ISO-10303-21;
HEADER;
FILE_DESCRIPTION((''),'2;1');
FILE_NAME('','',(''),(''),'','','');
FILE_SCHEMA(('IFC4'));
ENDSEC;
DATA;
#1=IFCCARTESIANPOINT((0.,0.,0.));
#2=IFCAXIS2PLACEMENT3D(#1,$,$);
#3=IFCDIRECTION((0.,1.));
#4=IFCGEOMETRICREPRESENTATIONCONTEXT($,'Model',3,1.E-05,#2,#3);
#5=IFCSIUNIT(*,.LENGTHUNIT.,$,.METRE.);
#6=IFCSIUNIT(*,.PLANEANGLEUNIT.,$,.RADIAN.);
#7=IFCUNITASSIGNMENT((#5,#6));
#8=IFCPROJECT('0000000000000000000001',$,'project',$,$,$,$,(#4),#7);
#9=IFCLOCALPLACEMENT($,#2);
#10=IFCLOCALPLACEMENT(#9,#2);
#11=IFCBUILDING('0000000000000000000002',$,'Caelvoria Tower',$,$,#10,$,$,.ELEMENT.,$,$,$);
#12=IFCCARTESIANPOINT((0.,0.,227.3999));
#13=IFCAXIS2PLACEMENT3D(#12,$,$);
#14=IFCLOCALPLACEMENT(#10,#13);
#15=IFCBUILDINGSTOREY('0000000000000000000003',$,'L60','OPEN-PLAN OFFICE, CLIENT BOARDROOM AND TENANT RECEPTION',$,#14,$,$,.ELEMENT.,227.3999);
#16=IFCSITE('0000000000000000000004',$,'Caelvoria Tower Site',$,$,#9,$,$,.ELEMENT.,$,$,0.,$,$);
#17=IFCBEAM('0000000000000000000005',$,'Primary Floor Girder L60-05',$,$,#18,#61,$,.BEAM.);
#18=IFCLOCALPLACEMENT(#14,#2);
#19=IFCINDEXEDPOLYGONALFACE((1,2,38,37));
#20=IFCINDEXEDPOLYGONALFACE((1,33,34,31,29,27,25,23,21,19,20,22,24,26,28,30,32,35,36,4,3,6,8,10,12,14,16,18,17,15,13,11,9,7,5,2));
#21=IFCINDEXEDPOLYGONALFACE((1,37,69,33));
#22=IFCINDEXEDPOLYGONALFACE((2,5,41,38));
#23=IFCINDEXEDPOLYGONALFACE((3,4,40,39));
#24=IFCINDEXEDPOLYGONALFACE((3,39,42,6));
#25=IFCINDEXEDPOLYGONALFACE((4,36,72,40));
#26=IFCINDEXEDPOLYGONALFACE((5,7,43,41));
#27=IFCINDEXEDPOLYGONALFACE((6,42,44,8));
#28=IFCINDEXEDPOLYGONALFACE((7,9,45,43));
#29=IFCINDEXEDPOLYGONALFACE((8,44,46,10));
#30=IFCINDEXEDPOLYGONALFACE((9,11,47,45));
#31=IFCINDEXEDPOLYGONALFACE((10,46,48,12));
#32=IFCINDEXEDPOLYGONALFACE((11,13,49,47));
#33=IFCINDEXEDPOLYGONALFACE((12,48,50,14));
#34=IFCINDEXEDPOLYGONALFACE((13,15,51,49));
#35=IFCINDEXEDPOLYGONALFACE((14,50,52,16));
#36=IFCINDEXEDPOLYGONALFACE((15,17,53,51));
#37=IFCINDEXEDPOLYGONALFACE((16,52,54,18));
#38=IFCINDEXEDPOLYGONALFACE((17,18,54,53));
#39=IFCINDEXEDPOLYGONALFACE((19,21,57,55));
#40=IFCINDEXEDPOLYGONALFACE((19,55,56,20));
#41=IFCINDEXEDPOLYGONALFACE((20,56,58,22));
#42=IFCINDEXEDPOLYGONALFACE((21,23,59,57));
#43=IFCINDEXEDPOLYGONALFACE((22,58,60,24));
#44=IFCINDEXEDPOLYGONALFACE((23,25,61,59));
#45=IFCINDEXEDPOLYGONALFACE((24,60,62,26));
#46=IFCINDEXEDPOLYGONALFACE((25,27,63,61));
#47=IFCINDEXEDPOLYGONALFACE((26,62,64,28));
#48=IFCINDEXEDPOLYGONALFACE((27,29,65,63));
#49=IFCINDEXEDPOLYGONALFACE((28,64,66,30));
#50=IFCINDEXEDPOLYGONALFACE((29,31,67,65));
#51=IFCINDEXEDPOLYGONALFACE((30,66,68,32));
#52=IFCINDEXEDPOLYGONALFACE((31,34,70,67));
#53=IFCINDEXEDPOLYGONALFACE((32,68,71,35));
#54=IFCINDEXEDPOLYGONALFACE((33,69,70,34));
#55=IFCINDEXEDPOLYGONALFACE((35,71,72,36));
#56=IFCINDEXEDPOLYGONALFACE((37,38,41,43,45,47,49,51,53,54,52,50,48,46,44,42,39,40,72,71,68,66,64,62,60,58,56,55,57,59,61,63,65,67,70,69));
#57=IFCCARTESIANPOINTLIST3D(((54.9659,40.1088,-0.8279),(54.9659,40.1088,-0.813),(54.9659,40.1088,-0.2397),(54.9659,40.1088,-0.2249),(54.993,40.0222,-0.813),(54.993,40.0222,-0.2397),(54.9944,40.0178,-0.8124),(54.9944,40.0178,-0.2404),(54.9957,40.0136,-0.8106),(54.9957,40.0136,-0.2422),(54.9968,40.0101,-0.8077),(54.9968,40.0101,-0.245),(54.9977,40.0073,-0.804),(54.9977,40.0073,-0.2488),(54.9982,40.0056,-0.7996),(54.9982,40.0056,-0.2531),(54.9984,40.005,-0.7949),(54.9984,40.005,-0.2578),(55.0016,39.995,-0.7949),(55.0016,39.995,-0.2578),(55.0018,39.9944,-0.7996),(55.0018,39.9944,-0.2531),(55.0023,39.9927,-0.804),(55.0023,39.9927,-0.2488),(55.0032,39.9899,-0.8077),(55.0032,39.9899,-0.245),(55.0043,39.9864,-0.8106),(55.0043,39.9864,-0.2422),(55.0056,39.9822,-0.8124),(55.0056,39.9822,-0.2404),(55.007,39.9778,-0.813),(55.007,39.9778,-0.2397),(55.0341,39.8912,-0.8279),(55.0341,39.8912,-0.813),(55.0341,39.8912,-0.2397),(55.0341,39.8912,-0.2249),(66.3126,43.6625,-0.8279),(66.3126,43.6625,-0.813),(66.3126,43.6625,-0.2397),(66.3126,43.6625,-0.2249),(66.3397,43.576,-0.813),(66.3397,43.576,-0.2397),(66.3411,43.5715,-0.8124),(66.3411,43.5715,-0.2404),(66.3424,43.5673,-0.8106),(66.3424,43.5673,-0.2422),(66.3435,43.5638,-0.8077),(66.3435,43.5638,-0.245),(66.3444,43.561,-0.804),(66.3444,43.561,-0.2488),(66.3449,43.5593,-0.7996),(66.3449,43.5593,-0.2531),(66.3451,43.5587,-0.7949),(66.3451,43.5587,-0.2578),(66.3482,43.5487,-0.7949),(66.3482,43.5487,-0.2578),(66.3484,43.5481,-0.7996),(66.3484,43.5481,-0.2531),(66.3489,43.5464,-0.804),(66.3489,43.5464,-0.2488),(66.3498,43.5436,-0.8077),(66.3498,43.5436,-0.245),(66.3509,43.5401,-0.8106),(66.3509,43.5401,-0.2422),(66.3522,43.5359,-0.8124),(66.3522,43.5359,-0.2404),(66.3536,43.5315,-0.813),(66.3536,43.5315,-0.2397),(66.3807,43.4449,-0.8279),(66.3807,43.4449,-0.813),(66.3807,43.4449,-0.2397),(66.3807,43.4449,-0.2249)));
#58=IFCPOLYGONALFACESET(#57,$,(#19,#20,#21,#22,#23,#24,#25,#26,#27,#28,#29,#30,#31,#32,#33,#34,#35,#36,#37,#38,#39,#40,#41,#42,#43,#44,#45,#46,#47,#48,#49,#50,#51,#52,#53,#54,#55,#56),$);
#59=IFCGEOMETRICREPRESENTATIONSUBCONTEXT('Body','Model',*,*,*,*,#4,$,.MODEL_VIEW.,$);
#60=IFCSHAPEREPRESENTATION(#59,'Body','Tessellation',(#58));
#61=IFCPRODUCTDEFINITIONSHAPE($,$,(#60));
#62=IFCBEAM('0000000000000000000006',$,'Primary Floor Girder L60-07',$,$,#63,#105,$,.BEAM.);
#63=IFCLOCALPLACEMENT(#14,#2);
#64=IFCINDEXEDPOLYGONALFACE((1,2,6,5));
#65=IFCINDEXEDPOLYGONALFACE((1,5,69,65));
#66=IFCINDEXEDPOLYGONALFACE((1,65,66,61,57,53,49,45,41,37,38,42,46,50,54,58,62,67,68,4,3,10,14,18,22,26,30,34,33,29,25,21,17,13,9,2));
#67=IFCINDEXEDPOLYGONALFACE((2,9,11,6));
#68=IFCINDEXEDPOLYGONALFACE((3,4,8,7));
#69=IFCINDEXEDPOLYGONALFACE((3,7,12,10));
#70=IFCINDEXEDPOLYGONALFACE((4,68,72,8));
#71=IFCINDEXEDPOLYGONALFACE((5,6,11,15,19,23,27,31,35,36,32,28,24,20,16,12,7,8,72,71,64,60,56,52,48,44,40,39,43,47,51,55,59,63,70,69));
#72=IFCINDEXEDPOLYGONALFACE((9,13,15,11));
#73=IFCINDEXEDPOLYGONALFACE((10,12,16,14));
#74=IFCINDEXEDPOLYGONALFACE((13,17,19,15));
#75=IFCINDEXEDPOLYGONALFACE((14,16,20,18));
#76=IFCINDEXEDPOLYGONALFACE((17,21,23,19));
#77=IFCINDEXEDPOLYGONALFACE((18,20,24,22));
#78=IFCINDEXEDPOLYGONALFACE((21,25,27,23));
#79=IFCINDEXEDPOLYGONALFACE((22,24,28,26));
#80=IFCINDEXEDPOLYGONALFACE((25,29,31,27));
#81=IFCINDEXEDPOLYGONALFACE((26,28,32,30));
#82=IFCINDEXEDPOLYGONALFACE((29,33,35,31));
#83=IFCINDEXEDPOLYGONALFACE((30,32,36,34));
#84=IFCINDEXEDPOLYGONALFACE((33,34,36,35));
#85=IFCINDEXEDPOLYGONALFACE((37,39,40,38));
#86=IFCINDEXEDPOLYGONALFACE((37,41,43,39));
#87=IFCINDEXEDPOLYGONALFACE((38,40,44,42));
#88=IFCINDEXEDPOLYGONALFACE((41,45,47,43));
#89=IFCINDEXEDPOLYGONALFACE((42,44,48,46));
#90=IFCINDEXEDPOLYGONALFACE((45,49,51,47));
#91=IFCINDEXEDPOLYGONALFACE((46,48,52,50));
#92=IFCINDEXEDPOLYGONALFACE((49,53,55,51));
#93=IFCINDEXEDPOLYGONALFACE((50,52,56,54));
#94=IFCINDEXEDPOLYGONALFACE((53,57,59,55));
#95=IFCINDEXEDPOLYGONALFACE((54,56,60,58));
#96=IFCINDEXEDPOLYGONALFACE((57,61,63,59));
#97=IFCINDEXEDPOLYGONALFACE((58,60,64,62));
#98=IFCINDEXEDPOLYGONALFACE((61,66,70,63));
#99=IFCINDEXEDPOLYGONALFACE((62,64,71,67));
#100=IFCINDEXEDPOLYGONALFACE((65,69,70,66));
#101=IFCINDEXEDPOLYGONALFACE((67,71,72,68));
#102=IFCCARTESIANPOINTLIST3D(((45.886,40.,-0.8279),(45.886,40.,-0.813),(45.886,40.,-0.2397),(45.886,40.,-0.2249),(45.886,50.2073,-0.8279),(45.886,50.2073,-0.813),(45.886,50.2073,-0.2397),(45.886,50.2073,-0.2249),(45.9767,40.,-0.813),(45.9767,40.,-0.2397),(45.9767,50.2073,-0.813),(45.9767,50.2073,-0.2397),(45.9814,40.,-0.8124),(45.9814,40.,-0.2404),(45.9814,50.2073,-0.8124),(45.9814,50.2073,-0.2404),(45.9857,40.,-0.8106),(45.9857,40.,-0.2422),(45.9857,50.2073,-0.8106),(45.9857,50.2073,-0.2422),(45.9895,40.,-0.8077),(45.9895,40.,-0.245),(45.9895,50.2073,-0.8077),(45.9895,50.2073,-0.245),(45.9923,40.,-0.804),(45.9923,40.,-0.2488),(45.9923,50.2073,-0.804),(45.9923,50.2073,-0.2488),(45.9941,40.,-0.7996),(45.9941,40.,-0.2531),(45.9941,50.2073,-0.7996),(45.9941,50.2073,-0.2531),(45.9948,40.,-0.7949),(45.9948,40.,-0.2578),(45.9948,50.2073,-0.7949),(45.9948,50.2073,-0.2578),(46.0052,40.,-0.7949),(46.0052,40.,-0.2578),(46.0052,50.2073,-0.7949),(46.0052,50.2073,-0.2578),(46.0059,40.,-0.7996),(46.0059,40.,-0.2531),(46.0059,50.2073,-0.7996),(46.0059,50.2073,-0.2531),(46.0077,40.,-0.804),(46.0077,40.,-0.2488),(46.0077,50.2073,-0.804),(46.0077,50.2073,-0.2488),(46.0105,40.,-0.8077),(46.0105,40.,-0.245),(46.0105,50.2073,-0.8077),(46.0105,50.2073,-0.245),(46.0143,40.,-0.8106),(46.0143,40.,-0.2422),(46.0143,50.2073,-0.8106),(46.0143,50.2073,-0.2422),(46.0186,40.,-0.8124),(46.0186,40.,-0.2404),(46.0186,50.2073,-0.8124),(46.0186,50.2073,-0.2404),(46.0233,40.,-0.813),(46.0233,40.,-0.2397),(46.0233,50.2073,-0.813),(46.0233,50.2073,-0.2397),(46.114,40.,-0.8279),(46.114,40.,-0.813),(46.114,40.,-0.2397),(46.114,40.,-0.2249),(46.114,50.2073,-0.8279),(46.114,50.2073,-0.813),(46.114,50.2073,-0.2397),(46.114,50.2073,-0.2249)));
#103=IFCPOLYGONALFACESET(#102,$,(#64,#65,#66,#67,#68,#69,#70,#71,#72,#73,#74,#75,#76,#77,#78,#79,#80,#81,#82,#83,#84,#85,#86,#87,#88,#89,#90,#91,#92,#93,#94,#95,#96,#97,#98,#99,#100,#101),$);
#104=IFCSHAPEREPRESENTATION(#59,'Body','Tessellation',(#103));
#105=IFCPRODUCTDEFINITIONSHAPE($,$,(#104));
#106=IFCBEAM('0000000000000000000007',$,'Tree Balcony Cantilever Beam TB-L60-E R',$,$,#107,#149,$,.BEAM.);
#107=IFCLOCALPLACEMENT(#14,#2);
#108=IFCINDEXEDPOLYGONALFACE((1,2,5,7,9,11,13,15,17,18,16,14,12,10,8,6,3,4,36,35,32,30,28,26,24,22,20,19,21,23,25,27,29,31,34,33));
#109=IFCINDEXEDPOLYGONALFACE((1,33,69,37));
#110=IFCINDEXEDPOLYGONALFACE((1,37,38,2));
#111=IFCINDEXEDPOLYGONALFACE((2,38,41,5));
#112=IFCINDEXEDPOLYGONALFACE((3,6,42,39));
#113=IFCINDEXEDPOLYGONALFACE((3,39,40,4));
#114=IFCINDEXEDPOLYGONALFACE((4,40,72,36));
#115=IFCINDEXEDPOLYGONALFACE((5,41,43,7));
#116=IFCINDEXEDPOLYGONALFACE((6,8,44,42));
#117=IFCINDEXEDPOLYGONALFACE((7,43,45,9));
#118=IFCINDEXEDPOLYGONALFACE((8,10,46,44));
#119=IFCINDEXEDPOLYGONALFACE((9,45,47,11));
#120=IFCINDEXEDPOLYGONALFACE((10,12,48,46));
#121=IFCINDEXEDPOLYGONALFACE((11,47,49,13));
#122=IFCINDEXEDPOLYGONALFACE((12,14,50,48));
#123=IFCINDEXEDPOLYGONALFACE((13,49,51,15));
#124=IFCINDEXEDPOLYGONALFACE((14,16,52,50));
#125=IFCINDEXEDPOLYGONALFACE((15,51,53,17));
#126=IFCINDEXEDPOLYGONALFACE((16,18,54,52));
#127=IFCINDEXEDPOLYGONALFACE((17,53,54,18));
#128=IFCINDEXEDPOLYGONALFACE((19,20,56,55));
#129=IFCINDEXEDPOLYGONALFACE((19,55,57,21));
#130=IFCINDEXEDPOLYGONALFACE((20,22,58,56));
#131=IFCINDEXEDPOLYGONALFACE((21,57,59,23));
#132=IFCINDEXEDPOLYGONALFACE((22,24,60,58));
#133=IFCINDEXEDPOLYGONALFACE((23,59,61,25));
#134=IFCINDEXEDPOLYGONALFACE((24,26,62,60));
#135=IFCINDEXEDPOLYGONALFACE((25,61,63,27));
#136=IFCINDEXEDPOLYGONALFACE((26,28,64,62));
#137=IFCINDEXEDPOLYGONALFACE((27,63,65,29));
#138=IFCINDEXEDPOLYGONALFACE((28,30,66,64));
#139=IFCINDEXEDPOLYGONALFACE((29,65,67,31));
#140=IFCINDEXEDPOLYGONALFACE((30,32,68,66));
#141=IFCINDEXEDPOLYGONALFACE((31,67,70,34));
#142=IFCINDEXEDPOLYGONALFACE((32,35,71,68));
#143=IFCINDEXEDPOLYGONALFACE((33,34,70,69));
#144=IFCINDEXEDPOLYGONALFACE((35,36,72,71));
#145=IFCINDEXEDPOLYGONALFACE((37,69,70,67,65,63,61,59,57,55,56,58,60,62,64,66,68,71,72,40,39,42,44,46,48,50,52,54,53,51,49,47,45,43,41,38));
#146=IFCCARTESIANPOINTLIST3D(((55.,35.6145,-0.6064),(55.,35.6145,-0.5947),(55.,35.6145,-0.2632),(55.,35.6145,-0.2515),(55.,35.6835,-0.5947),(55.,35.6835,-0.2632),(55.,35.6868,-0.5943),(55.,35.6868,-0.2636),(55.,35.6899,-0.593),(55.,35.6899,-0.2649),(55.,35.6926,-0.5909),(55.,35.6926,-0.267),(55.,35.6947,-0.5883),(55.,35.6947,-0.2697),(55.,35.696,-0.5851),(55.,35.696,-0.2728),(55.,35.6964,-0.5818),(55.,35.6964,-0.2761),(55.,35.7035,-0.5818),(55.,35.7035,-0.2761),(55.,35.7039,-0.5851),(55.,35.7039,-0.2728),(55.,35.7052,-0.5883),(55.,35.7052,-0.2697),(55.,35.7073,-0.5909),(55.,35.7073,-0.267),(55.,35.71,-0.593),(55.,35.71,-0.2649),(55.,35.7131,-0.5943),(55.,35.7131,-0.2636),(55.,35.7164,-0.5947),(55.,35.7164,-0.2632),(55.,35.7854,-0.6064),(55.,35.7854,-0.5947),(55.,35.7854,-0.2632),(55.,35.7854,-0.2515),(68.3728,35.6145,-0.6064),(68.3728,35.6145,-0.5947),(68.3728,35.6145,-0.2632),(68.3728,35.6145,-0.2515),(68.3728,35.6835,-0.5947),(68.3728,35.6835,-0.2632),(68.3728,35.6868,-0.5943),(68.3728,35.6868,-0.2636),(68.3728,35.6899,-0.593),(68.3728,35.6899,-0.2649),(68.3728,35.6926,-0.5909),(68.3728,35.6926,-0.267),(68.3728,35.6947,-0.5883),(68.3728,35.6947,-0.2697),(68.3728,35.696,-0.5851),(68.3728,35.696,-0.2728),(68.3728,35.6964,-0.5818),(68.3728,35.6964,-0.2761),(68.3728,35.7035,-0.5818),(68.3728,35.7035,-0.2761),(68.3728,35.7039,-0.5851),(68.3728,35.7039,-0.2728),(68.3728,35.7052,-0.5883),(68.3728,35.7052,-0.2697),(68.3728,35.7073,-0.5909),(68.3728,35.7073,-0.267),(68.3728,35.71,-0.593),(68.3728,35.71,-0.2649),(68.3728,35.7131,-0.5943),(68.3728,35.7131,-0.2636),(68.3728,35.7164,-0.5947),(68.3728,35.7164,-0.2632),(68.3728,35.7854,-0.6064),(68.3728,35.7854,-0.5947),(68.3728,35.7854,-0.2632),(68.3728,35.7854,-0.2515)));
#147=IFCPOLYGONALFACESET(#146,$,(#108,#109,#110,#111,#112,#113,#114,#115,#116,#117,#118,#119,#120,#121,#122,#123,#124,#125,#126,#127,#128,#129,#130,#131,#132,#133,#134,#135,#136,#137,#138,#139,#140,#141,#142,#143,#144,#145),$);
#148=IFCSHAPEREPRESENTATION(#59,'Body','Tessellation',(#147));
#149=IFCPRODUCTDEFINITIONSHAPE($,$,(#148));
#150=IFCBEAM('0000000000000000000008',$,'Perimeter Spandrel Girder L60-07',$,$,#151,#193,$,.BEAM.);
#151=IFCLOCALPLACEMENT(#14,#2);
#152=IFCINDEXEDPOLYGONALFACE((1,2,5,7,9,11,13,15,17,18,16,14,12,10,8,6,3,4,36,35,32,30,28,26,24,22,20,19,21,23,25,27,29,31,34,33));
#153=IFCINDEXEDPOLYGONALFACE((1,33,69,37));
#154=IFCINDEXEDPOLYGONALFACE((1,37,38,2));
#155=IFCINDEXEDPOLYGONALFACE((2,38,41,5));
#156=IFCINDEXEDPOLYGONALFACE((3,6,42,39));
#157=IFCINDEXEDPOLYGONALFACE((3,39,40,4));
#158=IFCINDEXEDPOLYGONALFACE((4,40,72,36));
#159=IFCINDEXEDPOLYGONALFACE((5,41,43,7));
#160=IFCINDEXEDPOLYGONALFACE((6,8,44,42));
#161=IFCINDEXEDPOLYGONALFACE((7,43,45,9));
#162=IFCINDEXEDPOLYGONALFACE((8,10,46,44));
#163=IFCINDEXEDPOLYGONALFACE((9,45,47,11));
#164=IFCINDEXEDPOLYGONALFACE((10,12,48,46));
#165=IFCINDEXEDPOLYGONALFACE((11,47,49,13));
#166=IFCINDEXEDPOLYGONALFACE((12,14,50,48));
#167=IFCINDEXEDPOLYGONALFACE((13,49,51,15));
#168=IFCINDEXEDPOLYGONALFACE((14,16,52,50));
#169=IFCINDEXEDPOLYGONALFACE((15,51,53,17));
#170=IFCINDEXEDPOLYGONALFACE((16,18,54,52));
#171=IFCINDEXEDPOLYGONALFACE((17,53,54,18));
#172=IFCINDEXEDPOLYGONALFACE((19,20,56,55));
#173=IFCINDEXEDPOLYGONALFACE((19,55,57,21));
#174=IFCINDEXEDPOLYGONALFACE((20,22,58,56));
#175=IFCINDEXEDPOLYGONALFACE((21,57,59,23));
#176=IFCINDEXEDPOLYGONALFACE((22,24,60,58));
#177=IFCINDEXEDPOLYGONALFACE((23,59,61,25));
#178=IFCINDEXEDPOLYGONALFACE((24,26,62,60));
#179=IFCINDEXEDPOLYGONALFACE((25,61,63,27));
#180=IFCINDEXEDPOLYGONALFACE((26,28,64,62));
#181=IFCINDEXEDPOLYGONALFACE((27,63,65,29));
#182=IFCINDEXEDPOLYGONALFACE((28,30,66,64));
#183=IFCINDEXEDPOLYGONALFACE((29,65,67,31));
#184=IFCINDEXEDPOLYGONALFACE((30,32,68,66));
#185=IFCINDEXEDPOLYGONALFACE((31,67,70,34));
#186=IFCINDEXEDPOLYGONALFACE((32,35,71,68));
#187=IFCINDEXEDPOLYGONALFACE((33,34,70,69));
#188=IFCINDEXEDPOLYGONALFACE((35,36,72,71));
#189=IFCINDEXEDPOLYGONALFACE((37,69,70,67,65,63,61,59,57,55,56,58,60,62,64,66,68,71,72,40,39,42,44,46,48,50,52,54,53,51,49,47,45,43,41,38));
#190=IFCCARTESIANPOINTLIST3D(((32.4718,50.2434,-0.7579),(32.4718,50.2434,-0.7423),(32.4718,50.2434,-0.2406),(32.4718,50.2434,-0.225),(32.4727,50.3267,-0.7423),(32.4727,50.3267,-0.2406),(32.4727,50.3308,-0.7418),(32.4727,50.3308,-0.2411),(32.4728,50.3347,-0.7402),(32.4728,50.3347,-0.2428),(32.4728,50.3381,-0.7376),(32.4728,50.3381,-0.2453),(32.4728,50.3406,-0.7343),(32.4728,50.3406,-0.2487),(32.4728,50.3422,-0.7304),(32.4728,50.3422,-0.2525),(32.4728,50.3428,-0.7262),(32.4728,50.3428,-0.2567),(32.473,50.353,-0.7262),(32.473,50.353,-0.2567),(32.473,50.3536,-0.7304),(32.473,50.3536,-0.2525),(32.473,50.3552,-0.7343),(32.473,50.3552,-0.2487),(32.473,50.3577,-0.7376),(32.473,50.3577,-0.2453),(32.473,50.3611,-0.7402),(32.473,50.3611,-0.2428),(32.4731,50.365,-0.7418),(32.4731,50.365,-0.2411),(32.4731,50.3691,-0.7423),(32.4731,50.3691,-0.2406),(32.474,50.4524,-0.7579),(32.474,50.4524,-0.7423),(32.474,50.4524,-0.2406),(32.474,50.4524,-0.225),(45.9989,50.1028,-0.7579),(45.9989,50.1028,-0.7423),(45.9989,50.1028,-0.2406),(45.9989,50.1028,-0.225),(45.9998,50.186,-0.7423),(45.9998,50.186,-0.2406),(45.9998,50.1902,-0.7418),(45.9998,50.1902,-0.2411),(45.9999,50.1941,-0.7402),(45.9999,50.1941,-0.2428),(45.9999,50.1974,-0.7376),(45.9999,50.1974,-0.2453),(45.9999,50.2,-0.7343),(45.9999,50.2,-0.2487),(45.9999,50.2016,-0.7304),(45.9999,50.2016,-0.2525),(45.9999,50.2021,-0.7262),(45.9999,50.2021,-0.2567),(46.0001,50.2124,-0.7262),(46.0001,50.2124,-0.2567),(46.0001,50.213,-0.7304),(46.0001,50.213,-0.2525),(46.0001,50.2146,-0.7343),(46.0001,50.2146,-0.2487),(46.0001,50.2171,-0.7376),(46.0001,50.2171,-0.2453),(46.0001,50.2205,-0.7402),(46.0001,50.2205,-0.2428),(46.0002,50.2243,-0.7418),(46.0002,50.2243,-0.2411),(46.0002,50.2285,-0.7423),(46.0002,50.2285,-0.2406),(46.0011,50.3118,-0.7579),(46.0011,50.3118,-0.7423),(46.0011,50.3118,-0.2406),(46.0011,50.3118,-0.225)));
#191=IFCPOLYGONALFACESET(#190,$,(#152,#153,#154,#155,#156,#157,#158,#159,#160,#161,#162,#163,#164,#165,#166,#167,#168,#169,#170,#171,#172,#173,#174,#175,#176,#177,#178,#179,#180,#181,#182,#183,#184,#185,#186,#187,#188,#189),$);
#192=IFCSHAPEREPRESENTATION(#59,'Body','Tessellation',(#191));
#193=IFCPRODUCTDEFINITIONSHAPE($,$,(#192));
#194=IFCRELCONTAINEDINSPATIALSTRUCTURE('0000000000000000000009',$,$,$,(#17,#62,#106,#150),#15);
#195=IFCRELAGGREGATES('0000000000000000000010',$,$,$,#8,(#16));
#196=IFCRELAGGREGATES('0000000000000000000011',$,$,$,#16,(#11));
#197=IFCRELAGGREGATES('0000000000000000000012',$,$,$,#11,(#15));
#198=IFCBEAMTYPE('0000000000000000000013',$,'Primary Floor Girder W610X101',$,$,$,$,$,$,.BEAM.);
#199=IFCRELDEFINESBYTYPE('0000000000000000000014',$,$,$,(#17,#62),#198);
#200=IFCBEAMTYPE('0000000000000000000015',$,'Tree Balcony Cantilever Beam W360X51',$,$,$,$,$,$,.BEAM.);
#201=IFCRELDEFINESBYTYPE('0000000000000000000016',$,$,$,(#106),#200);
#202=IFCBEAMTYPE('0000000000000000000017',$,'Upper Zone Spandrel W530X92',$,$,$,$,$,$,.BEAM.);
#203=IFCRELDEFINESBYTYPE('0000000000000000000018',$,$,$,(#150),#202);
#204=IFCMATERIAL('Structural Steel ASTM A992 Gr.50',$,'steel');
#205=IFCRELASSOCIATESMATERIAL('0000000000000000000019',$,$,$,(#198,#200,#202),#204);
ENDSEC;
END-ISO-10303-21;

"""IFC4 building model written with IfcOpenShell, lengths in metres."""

from ifc_helpers import new_model, si_unit, direction, frame, origin, origin_2d, place, context, subcontext, project, spatial, i_section, extrude, material, material_profile, profile_set, type_object, element, save


model = new_model("IFC4")

# Units and contexts
model_context = context("Model", 3, precision=1e-05, world=origin(), true_north=direction((0.0, 1.0)))
body_context = subcontext(model_context, "Body", "Model", "MODEL_VIEW")
ifc_project = project(units=[si_unit("LENGTHUNIT", "METRE"), si_unit("PLANEANGLEUNIT", "RADIAN")], contexts=[model_context])

# Site, building, storey
site_placement = place(None, origin())
site = spatial("IfcSite", under=ifc_project, at=site_placement, Name="Caelvoria Tower Site", CompositionType="ELEMENT", RefElevation=0.0)
building_placement = place(site_placement, origin())
building = spatial("IfcBuilding", under=site, at=building_placement, Name="Caelvoria Tower", CompositionType="ELEMENT")
storey_placement = place(building_placement, frame((0.0, 0.0, 227.3999)))
storey = spatial("IfcBuildingStorey", under=building, at=storey_placement, Name="L60", Description="OPEN-PLAN OFFICE, CLIENT BOARDROOM AND TENANT RECEPTION", CompositionType="ELEMENT", Elevation=227.3999)

# Shared definitions
ifc_material_1 = material(Name="Structural Steel ASTM A992 Gr.50", Category="steel")

# Beams
ifc_material_profile_1 = material_profile(ifc_material_1, i_section(OverallWidth=0.228, OverallDepth=0.603, WebThickness=0.0105, FlangeThickness=0.0149, FilletRadius=0.0181, at=origin_2d()), Name="Structural Steel ASTM A992 Gr.50")
ifc_profile_set_1 = profile_set([ifc_material_profile_1], Name="W610X101 - Structural Steel ASTM A992 Gr.50")
beam_type_1 = type_object("IfcBeamType", Name="Primary Floor Girder W610X101", PredefinedType="BEAM", material=ifc_profile_set_1)
beam_1_placement = place(storey_placement, frame((55.0, 40.0, -0.5264), z_axis=(0.954291, 0.298878, 0.0), x_axis=(-0.298878, 0.954291, 0.0)))
element("IfcBeam", 1, at=beam_1_placement, inside=storey, type_object=beam_type_1, Name="Primary Floor Girder L60-05", PredefinedType="BEAM", context=body_context, shape_type="SweptSolid", body=[
    extrude(i_section(OverallWidth=0.228, OverallDepth=0.603, WebThickness=0.0105, FlangeThickness=0.0149, FilletRadius=0.0181, at=origin_2d()), origin(), (0.0, 0.0, 1.0), 11.8901),
])
beam_2_placement = place(storey_placement, frame((46.0, 40.0, -0.5264), z_axis=(0.0, 1.0, 0.0), x_axis=(-1.0, 0.0, 0.0)))
element("IfcBeam", 2, at=beam_2_placement, inside=storey, type_object=beam_type_1, Name="Primary Floor Girder L60-07", PredefinedType="BEAM", context=body_context, shape_type="SweptSolid", body=[
    extrude(i_section(OverallWidth=0.228, OverallDepth=0.603, WebThickness=0.0105, FlangeThickness=0.0149, FilletRadius=0.0181, at=origin_2d()), origin(), (0.0, 0.0, 1.0), 10.2073),
])
ifc_material_profile_2 = material_profile(ifc_material_1, i_section(OverallWidth=0.1709, OverallDepth=0.355, WebThickness=0.0071, FlangeThickness=0.0117, FilletRadius=0.0129, at=origin_2d()), Name="Structural Steel ASTM A992 Gr.50")
ifc_profile_set_2 = profile_set([ifc_material_profile_2], Name="W360X51 - Structural Steel ASTM A992 Gr.50")
beam_type_2 = type_object("IfcBeamType", Name="Tree Balcony Cantilever Beam W360X51", PredefinedType="BEAM", material=ifc_profile_set_2)
beam_3_placement = place(storey_placement, frame((55.0, 35.7, -0.429), z_axis=(1.0, 0.0, 0.0), x_axis=(0.0, 1.0, 0.0)))
element("IfcBeam", 3, at=beam_3_placement, inside=storey, type_object=beam_type_2, Name="Tree Balcony Cantilever Beam TB-L60-E R", PredefinedType="BEAM", context=body_context, shape_type="SweptSolid", body=[
    extrude(i_section(OverallWidth=0.1709, OverallDepth=0.355, WebThickness=0.0071, FlangeThickness=0.0117, FilletRadius=0.0129, at=origin_2d()), origin(), (0.0, 0.0, 1.0), 13.3728),
])
ifc_material_profile_3 = material_profile(ifc_material_1, i_section(OverallWidth=0.209, OverallDepth=0.533, WebThickness=0.0103, FlangeThickness=0.0156, FilletRadius=0.0161, at=origin_2d()), Name="Structural Steel ASTM A992 Gr.50")
ifc_profile_set_3 = profile_set([ifc_material_profile_3], Name="W530X92 - Structural Steel ASTM A992 Gr.50")
beam_type_3 = type_object("IfcBeamType", Name="Upper Zone Spandrel W530X92", PredefinedType="BEAM", material=ifc_profile_set_3)
beam_4_placement = place(storey_placement, frame((46.0, 50.2073, -0.4915), z_axis=(-0.999946, 0.010395, 0.0), x_axis=(-0.010395, -0.999946, 0.0)))
element("IfcBeam", 4, at=beam_4_placement, inside=storey, type_object=beam_type_3, Name="Perimeter Spandrel Girder L60-07", PredefinedType="BEAM", context=body_context, shape_type="SweptSolid", body=[
    extrude(i_section(OverallWidth=0.209, OverallDepth=0.533, WebThickness=0.0103, FlangeThickness=0.0156, FilletRadius=0.0161, at=origin_2d()), origin(), (0.0, 0.0, 1.0), 13.5278),
])

save(model, "model.ifc")
